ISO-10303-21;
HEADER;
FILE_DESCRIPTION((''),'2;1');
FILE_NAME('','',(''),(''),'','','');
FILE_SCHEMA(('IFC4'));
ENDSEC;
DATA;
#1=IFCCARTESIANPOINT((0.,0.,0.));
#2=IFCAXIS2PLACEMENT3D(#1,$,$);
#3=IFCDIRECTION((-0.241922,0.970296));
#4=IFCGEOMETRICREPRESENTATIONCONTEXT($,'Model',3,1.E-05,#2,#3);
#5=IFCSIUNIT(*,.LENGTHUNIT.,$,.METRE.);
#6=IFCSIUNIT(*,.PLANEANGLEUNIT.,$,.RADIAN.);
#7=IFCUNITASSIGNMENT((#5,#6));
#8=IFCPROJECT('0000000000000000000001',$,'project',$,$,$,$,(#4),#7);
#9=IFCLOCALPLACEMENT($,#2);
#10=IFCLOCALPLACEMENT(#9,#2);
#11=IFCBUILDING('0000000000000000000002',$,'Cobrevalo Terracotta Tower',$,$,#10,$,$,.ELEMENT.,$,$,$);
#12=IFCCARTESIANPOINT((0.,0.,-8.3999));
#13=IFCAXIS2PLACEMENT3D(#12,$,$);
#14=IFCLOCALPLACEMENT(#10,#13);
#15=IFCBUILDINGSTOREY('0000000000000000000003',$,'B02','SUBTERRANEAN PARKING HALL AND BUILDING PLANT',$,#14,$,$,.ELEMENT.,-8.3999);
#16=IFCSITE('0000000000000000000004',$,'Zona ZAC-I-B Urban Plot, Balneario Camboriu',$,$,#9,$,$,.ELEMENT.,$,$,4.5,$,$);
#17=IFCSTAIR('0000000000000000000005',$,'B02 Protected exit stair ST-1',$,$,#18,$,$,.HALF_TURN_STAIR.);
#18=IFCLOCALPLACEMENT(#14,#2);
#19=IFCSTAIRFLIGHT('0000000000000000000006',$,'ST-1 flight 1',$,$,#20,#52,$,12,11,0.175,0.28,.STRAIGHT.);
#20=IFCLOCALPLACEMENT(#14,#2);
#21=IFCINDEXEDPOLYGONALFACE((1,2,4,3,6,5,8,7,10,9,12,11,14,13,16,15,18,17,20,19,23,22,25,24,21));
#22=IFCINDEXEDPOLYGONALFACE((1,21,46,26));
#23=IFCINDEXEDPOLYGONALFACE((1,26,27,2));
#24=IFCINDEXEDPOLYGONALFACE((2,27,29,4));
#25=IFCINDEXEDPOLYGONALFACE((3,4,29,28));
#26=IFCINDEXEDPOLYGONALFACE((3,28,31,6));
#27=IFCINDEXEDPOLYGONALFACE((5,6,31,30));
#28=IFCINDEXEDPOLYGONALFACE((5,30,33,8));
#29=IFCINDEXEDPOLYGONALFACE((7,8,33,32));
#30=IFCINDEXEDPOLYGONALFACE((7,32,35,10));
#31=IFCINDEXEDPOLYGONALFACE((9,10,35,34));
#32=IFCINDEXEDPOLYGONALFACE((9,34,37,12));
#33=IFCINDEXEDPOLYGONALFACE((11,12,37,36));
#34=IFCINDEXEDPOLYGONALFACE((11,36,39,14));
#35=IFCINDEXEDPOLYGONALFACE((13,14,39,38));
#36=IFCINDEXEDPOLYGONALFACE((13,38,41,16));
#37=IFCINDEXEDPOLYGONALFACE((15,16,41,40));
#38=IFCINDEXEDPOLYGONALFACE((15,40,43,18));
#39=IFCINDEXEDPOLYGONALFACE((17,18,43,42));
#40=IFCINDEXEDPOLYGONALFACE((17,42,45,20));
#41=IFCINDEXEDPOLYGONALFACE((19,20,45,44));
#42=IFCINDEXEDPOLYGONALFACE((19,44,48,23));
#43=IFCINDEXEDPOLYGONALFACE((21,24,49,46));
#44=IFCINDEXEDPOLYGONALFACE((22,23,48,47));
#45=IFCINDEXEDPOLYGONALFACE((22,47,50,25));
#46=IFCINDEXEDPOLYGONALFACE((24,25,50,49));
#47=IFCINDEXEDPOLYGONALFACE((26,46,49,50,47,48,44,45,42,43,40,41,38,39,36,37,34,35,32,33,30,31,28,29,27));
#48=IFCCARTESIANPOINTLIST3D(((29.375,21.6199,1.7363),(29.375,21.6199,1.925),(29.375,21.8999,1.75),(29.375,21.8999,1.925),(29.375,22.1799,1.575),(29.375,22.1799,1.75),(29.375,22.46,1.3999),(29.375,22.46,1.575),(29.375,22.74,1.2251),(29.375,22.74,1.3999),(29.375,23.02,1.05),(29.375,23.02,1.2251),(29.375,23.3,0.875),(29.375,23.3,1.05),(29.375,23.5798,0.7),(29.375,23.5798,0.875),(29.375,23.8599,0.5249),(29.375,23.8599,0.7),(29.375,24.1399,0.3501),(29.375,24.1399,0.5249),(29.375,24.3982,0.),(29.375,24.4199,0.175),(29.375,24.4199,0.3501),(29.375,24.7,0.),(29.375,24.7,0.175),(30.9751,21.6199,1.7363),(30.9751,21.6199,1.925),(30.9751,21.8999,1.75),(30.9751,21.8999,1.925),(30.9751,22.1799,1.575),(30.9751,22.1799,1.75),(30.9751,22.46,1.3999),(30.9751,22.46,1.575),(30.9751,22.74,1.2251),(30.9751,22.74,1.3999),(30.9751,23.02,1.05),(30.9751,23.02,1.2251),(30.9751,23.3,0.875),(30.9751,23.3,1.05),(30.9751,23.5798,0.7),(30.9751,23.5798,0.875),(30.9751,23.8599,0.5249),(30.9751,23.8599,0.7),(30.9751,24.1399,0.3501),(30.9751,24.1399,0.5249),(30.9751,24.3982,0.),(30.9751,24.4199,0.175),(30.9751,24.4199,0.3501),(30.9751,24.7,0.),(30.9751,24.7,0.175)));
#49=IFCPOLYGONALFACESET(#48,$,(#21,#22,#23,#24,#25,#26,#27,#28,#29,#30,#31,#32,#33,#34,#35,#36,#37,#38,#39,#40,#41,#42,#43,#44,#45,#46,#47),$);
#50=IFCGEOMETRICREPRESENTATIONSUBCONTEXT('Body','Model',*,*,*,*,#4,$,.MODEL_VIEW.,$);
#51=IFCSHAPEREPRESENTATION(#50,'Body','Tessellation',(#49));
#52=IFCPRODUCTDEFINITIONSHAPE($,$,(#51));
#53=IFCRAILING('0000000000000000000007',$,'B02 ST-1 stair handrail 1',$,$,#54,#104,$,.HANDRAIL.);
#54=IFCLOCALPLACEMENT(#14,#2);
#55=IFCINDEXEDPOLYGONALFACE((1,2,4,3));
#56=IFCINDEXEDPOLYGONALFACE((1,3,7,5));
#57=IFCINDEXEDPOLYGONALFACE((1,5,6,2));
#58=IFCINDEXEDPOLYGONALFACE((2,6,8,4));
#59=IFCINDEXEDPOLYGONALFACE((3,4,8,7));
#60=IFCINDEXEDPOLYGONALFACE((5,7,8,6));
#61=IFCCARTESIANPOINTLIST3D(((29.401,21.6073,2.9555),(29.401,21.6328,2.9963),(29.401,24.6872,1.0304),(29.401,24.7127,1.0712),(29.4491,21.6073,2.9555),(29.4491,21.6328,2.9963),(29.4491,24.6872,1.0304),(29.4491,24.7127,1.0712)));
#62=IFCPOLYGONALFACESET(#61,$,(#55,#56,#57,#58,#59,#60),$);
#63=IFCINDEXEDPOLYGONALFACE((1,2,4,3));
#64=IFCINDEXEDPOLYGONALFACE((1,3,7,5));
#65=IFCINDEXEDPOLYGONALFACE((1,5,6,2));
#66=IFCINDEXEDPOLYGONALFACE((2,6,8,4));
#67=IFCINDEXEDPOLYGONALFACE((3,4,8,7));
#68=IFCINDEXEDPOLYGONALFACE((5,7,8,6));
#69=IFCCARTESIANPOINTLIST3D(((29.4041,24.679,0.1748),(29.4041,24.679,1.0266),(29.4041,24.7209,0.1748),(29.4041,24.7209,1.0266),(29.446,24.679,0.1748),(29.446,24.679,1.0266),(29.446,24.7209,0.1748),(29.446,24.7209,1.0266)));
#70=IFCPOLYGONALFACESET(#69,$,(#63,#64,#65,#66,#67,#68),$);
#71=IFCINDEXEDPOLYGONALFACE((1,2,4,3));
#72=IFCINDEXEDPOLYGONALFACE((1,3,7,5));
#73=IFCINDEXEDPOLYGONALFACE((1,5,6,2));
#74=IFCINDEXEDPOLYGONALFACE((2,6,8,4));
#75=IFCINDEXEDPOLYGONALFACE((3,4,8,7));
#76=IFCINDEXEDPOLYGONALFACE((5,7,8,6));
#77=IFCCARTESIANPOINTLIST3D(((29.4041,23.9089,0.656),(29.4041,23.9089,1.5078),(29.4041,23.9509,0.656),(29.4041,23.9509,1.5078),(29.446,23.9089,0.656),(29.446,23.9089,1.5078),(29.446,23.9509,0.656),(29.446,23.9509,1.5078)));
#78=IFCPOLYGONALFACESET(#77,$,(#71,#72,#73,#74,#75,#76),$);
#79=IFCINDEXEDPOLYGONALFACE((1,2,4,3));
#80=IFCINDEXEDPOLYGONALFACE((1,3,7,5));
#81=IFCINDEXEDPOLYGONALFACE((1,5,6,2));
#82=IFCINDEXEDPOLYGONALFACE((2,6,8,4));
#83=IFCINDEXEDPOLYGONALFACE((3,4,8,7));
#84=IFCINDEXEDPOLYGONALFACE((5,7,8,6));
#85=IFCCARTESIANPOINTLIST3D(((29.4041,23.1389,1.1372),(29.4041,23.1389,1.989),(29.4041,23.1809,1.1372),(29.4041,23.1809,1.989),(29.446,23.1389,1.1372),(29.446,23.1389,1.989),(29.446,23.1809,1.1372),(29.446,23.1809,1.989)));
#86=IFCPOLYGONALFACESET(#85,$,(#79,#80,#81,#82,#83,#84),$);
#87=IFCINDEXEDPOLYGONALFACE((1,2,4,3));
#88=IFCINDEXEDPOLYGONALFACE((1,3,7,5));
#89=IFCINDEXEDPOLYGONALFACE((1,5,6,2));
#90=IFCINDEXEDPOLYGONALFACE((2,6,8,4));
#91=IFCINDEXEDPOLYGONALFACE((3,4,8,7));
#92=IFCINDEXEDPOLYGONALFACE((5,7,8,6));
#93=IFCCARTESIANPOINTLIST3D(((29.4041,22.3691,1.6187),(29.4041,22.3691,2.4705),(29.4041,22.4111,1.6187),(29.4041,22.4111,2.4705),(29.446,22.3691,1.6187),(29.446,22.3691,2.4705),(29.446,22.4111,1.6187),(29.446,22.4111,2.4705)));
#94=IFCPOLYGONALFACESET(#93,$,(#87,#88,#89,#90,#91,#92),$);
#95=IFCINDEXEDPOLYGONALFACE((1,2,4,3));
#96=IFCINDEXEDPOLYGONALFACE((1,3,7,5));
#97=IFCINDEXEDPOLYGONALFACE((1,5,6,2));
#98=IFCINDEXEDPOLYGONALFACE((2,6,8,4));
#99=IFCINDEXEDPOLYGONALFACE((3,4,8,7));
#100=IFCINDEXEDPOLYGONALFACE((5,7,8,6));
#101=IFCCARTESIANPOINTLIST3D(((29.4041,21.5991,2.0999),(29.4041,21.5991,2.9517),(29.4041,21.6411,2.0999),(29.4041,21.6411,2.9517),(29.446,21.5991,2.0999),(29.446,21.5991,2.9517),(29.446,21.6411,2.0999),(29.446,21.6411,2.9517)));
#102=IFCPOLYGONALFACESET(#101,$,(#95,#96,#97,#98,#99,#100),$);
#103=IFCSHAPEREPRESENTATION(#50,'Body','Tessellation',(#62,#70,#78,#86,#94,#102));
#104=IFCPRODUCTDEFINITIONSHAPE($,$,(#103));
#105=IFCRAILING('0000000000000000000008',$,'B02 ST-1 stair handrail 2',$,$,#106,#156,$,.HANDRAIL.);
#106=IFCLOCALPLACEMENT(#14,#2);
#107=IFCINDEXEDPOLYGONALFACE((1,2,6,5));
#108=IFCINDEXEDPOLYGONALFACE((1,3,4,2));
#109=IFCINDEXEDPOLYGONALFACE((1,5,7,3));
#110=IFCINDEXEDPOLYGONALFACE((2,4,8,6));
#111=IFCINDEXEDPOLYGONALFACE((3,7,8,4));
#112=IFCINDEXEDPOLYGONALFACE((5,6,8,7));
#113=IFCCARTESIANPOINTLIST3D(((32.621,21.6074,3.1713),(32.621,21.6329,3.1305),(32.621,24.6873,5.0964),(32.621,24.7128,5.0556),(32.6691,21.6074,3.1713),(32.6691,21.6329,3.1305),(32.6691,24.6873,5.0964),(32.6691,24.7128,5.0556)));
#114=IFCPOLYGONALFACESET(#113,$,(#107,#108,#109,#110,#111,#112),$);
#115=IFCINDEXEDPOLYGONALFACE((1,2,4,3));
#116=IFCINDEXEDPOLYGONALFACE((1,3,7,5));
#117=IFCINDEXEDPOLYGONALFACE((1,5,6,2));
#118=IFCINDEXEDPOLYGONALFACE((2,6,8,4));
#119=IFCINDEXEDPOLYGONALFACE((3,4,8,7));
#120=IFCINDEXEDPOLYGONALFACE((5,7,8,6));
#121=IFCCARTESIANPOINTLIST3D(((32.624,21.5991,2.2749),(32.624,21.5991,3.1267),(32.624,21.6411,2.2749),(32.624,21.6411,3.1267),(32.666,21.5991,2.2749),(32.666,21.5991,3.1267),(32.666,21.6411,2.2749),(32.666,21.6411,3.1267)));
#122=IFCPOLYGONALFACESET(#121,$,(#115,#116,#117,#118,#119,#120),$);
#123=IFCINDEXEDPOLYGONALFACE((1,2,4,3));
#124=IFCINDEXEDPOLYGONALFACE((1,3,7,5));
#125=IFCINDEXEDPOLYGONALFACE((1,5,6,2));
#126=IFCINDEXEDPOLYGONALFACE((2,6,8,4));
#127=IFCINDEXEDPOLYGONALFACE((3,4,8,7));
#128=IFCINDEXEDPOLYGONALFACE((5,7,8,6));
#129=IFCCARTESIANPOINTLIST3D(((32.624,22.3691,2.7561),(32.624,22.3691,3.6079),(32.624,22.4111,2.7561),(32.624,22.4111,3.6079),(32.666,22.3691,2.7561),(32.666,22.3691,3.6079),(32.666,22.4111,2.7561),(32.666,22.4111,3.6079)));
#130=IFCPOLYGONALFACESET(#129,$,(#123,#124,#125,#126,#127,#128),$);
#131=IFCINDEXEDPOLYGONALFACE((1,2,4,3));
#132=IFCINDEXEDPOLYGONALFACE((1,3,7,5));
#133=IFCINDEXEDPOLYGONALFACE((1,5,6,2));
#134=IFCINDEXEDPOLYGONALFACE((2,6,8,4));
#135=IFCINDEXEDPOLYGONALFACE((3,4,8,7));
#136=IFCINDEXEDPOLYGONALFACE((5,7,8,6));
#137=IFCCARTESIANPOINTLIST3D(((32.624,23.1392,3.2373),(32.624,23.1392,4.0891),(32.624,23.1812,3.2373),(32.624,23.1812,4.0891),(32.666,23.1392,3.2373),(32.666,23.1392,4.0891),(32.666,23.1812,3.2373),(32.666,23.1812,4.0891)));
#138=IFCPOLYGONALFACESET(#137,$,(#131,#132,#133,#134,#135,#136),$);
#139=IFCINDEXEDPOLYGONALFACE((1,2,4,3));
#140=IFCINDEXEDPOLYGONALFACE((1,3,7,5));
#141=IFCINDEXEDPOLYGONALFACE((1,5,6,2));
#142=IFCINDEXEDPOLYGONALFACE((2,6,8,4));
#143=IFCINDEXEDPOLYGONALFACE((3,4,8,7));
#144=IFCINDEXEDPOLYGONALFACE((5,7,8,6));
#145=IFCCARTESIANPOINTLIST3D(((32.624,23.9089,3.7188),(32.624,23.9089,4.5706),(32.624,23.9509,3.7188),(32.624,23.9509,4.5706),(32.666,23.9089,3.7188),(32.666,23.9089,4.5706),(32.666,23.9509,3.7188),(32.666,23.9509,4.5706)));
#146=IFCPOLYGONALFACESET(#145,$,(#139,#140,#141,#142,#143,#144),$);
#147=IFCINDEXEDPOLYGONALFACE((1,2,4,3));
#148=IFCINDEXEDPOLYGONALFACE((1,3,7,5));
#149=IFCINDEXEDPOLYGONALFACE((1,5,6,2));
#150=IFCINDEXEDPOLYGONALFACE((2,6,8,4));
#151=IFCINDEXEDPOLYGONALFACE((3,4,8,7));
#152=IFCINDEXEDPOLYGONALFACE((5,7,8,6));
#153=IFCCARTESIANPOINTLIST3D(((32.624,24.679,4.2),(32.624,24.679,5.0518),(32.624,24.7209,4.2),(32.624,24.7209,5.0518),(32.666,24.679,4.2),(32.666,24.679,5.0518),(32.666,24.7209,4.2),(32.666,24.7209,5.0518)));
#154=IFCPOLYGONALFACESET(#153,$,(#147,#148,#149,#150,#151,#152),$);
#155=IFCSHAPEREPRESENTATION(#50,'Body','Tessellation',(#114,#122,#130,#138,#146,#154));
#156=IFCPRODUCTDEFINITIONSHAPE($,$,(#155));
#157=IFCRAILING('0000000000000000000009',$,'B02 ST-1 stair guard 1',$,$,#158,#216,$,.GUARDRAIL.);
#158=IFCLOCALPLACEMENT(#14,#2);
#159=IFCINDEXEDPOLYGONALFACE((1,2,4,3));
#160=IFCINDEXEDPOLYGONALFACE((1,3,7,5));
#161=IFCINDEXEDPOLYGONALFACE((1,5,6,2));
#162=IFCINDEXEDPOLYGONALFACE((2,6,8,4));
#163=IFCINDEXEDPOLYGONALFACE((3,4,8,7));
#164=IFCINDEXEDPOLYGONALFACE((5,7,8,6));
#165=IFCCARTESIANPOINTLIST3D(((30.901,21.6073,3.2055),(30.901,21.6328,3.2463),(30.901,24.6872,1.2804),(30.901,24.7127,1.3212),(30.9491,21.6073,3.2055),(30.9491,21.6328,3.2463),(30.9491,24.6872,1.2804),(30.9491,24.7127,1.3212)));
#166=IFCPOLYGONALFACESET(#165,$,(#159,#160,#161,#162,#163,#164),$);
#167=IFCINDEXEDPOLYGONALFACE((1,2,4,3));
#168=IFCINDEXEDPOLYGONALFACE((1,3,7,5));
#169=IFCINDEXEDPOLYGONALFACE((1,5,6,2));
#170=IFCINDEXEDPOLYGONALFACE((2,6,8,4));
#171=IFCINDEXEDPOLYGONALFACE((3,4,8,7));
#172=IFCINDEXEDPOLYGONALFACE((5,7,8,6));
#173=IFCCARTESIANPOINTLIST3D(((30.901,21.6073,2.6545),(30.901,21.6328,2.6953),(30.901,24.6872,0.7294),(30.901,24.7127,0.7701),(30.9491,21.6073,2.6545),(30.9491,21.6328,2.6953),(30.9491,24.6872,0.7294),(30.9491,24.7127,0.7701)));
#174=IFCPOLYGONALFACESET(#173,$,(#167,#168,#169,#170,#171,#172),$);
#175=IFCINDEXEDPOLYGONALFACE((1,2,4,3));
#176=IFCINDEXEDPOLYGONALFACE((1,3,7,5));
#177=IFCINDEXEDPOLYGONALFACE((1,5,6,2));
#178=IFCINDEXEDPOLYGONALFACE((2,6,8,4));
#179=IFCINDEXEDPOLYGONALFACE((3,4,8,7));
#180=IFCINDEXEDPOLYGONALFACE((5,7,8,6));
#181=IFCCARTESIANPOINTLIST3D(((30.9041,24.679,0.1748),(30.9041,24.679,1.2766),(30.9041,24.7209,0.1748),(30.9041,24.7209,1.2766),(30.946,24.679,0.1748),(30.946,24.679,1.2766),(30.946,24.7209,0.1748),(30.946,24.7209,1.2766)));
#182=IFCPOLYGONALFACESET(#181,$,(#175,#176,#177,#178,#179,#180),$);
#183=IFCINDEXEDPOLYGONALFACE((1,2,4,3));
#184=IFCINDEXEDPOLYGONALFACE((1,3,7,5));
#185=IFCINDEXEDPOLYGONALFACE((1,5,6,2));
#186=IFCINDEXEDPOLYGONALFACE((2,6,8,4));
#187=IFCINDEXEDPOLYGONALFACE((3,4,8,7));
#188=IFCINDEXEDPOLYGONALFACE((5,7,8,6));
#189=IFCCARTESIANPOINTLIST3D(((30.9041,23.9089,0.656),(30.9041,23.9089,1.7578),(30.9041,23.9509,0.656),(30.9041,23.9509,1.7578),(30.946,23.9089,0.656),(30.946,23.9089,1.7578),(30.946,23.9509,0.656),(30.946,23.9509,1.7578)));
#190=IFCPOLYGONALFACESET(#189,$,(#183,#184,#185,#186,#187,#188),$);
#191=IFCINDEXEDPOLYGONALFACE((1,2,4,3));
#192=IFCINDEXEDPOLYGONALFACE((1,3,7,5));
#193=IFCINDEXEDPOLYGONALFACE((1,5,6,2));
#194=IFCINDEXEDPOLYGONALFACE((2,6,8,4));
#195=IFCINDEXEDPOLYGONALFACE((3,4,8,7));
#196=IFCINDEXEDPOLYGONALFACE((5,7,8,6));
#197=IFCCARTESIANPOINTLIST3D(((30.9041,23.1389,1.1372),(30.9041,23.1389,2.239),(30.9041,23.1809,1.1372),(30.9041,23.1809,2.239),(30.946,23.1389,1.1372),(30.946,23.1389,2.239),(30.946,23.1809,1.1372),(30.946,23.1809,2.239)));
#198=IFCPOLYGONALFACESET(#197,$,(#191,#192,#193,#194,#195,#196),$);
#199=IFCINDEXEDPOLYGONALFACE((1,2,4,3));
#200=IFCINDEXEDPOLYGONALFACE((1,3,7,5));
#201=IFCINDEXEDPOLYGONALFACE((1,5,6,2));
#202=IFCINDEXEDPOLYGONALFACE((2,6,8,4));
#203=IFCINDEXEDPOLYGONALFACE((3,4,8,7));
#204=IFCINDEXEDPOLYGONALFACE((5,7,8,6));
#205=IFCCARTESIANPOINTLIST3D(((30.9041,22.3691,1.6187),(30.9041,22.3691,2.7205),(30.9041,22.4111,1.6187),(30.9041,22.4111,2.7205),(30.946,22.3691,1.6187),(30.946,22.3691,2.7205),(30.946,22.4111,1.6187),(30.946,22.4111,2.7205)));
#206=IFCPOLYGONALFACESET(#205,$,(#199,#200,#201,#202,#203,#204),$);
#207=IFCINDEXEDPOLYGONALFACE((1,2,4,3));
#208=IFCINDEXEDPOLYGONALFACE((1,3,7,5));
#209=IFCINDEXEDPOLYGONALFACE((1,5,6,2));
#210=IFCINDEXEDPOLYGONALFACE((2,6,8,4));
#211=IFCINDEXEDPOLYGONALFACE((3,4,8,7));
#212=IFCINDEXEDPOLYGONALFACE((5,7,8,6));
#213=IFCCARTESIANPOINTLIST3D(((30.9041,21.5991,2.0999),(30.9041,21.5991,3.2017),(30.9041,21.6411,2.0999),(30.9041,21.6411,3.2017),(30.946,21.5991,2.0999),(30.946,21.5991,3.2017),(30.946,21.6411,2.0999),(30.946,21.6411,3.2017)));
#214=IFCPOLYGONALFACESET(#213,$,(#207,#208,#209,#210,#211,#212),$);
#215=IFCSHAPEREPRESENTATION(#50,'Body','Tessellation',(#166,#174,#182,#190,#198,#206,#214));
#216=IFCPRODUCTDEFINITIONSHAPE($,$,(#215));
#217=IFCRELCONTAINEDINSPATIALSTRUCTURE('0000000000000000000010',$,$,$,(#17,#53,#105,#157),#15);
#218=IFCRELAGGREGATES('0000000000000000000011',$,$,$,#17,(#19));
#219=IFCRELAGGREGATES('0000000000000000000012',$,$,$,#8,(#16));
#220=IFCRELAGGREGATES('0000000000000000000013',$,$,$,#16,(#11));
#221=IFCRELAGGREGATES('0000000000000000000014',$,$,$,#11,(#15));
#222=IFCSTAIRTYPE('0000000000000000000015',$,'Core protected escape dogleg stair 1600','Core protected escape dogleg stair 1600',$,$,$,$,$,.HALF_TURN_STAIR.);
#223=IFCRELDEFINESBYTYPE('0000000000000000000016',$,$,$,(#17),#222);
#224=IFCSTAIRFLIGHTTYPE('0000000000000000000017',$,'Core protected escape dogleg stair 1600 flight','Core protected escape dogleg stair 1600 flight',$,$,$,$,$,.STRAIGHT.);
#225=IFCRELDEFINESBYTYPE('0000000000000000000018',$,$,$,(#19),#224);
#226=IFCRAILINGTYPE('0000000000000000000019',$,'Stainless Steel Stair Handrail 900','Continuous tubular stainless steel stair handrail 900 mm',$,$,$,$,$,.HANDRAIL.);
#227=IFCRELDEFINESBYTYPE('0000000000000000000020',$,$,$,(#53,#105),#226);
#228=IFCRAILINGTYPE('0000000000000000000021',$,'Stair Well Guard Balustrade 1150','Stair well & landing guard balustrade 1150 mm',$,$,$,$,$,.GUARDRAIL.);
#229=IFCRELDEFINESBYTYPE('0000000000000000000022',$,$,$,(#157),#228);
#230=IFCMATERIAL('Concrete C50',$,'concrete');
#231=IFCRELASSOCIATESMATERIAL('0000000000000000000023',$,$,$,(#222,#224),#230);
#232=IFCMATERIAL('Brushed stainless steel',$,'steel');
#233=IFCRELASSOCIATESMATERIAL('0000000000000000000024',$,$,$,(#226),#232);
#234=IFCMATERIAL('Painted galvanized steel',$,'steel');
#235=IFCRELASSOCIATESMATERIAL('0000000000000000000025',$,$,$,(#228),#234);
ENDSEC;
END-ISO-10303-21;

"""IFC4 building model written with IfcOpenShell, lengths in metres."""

from ifc_helpers import new_model, si_unit, direction, frame, origin, origin_2d, place, context, subcontext, project, spatial, polyline, rectangle, outline, extrude, material, type_object, element, aggregate, save


model = new_model("IFC4")

# Units and contexts
model_context = context("Model", 3, precision=1e-05, world=origin(), true_north=direction((-0.241922, 0.970296)))
body_context = subcontext(model_context, "Body", "Model", "MODEL_VIEW")
ifc_project = project(units=[si_unit("LENGTHUNIT", "METRE"), si_unit("PLANEANGLEUNIT", "RADIAN")], contexts=[model_context])

# Site, building, storey
site_placement = place(None, origin())
site = spatial("IfcSite", under=ifc_project, at=site_placement, Name="Zona ZAC-I-B Urban Plot, Balneario Camboriu", CompositionType="ELEMENT", RefElevation=4.5)
building_placement = place(site_placement, origin())
building = spatial("IfcBuilding", under=site, at=building_placement, Name="Cobrevalo Terracotta Tower", CompositionType="ELEMENT")
storey_placement = place(building_placement, frame((0.0, 0.0, -8.3999)))
storey = spatial("IfcBuildingStorey", under=building, at=storey_placement, Name="B02", Description="SUBTERRANEAN PARKING HALL AND BUILDING PLANT", CompositionType="ELEMENT", Elevation=-8.3999)

# Shared definitions
ifc_material_1 = material(Name="Concrete C50", Category="concrete")

# Shared definitions
ifc_material_2 = material(Name="Brushed stainless steel", Category="steel")

# Stair, stair flight
stair_type = type_object("IfcStairType", Name="Core protected escape dogleg stair 1600", Description="Core protected escape dogleg stair 1600", PredefinedType="HALF_TURN_STAIR", material=ifc_material_1)
stair_placement = place(storey_placement, origin())
stair = element("IfcStair", 1, at=stair_placement, inside=storey, type_object=stair_type, Name="B02 Protected exit stair ST-1", PredefinedType="HALF_TURN_STAIR")
stair_flight_type = type_object("IfcStairFlightType", Name="Core protected escape dogleg stair 1600 flight", Description="Core protected escape dogleg stair 1600 flight", PredefinedType="STRAIGHT", material=ifc_material_1)
stair_flight_placement = place(storey_placement, frame((30.175, 24.7, 0.0), z_axis=(0.0, 0.0, 1.0), x_axis=(0.0, -1.0, 0.0)))
stair_flight = element("IfcStairFlight", 2, at=stair_flight_placement, type_object=stair_flight_type, Name="ST-1 flight 1", NumberOfRisers=12, NumberOfTreads=11, PredefinedType="STRAIGHT", RiserHeight=0.175, TreadLength=0.28, context=body_context, shape_type="SweptSolid", body=[
    extrude(outline(polyline([(0.0, 0.0), (0.0, 0.175), (0.28, 0.175), (0.28, 0.3501), (0.5601, 0.3501), (0.5601, 0.5249), (0.8401, 0.5249), (0.8401, 0.7), (1.1201, 0.7), (1.1201, 0.875), (1.3999, 0.875), (1.3999, 1.05), (1.6799, 1.05), (1.6799, 1.2251), (1.96, 1.2251), (1.96, 1.3999), (2.24, 1.3999), (2.24, 1.575), (2.52, 1.575), (2.52, 1.75), (2.8, 1.75), (2.8, 1.925), (3.0801, 1.925), (3.0801, 2.1001), (3.0801, 1.7363), (0.3018, 0.0), (0.0, 0.0)])), frame((0.0, 0.8, 0.0), z_axis=(0.0, -1.0, 0.0), x_axis=(1.0, 0.0, 0.0)), (0.0, 0.0, 1.0), 1.6001),
])
aggregate(stair, [stair_flight])

# Railings
railing_type_1 = type_object("IfcRailingType", Name="Stainless Steel Stair Handrail 900", Description="Continuous tubular stainless steel stair handrail 900 mm", PredefinedType="HANDRAIL", material=ifc_material_2)
railing_1_placement = place(storey_placement, frame((29.425, 24.7, 0.1748)))
element("IfcRailing", 3, at=railing_1_placement, inside=storey, type_object=railing_type_1, Name="B02 ST-1 stair handrail 1", PredefinedType="HANDRAIL", context=body_context, shape_type="SweptSolid", body=[
    extrude(rectangle(XDim=0.0481, YDim=0.0481, at=origin_2d()), frame((0.0, 0.0, 0.876), z_axis=(0.0, -0.847979, 0.530029), x_axis=(1.0, 0.0, 0.0)), (0.0, 0.0, 1.0), 3.6321),
    extrude(rectangle(XDim=0.042, YDim=0.042, at=origin_2d()), origin(), (0.0, 0.0, 1.0), 0.8518),
    extrude(rectangle(XDim=0.042, YDim=0.042, at=origin_2d()), frame((0.0, -0.77, 0.4812)), (0.0, 0.0, 1.0), 0.8518),
    extrude(rectangle(XDim=0.042, YDim=0.042, at=origin_2d()), frame((0.0, -1.54, 0.9624)), (0.0, 0.0, 1.0), 0.8518),
    extrude(rectangle(XDim=0.042, YDim=0.042, at=origin_2d()), frame((0.0, -2.3098, 1.4438)), (0.0, 0.0, 1.0), 0.8518),
    extrude(rectangle(XDim=0.042, YDim=0.042, at=origin_2d()), frame((0.0, -3.0798, 1.925)), (0.0, 0.0, 1.0), 0.8518),
])
railing_2_placement = place(storey_placement, frame((32.645, 21.6201, 2.2749)))
element("IfcRailing", 4, at=railing_2_placement, inside=storey, type_object=railing_type_1, Name="B02 ST-1 stair handrail 2", PredefinedType="HANDRAIL", context=body_context, shape_type="SweptSolid", body=[
    extrude(rectangle(XDim=0.0481, YDim=0.0481, at=origin_2d()), frame((0.0, 0.0, 0.876), z_axis=(0.0, 0.847979, 0.530029), x_axis=(-1.0, 0.0, 0.0)), (0.0, 0.0, 1.0), 3.6321),
    extrude(rectangle(XDim=0.042, YDim=0.042, at=origin_2d()), origin(), (0.0, 0.0, 1.0), 0.8518),
    extrude(rectangle(XDim=0.042, YDim=0.042, at=origin_2d()), frame((0.0, 0.77, 0.4812)), (0.0, 0.0, 1.0), 0.8518),
    extrude(rectangle(XDim=0.042, YDim=0.042, at=origin_2d()), frame((0.0, 1.54, 0.9624)), (0.0, 0.0, 1.0), 0.8518),
    extrude(rectangle(XDim=0.042, YDim=0.042, at=origin_2d()), frame((0.0, 2.3098, 1.4438)), (0.0, 0.0, 1.0), 0.8518),
    extrude(rectangle(XDim=0.042, YDim=0.042, at=origin_2d()), frame((0.0, 3.0798, 1.925)), (0.0, 0.0, 1.0), 0.8518),
])
ifc_material_3 = material(Name="Painted galvanized steel", Category="steel")
railing_type_2 = type_object("IfcRailingType", Name="Stair Well Guard Balustrade 1150", Description="Stair well & landing guard balustrade 1150 mm", PredefinedType="GUARDRAIL", material=ifc_material_3)
railing_3_placement = place(storey_placement, frame((30.925, 24.7, 0.1748)))
element("IfcRailing", 5, at=railing_3_placement, inside=storey, type_object=railing_type_2, Name="B02 ST-1 stair guard 1", PredefinedType="GUARDRAIL", context=body_context, shape_type="SweptSolid", body=[
    extrude(rectangle(XDim=0.0481, YDim=0.0481, at=origin_2d()), frame((0.0, 0.0, 1.126), z_axis=(0.0, -0.847979, 0.530029), x_axis=(1.0, 0.0, 0.0)), (0.0, 0.0, 1.0), 3.6321),
    extrude(rectangle(XDim=0.0481, YDim=0.0481, at=origin_2d()), frame((0.0, 0.0, 0.575), z_axis=(0.0, -0.847979, 0.530029), x_axis=(1.0, 0.0, 0.0)), (0.0, 0.0, 1.0), 3.6321),
    extrude(rectangle(XDim=0.042, YDim=0.042, at=origin_2d()), origin(), (0.0, 0.0, 1.0), 1.1018),
    extrude(rectangle(XDim=0.042, YDim=0.042, at=origin_2d()), frame((0.0, -0.77, 0.4812)), (0.0, 0.0, 1.0), 1.1018),
    extrude(rectangle(XDim=0.042, YDim=0.042, at=origin_2d()), frame((0.0, -1.54, 0.9624)), (0.0, 0.0, 1.0), 1.1018),
    extrude(rectangle(XDim=0.042, YDim=0.042, at=origin_2d()), frame((0.0, -2.3098, 1.4438)), (0.0, 0.0, 1.0), 1.1018),
    extrude(rectangle(XDim=0.042, YDim=0.042, at=origin_2d()), frame((0.0, -3.0798, 1.925)), (0.0, 0.0, 1.0), 1.1018),
])

save(model, "model.ifc")
